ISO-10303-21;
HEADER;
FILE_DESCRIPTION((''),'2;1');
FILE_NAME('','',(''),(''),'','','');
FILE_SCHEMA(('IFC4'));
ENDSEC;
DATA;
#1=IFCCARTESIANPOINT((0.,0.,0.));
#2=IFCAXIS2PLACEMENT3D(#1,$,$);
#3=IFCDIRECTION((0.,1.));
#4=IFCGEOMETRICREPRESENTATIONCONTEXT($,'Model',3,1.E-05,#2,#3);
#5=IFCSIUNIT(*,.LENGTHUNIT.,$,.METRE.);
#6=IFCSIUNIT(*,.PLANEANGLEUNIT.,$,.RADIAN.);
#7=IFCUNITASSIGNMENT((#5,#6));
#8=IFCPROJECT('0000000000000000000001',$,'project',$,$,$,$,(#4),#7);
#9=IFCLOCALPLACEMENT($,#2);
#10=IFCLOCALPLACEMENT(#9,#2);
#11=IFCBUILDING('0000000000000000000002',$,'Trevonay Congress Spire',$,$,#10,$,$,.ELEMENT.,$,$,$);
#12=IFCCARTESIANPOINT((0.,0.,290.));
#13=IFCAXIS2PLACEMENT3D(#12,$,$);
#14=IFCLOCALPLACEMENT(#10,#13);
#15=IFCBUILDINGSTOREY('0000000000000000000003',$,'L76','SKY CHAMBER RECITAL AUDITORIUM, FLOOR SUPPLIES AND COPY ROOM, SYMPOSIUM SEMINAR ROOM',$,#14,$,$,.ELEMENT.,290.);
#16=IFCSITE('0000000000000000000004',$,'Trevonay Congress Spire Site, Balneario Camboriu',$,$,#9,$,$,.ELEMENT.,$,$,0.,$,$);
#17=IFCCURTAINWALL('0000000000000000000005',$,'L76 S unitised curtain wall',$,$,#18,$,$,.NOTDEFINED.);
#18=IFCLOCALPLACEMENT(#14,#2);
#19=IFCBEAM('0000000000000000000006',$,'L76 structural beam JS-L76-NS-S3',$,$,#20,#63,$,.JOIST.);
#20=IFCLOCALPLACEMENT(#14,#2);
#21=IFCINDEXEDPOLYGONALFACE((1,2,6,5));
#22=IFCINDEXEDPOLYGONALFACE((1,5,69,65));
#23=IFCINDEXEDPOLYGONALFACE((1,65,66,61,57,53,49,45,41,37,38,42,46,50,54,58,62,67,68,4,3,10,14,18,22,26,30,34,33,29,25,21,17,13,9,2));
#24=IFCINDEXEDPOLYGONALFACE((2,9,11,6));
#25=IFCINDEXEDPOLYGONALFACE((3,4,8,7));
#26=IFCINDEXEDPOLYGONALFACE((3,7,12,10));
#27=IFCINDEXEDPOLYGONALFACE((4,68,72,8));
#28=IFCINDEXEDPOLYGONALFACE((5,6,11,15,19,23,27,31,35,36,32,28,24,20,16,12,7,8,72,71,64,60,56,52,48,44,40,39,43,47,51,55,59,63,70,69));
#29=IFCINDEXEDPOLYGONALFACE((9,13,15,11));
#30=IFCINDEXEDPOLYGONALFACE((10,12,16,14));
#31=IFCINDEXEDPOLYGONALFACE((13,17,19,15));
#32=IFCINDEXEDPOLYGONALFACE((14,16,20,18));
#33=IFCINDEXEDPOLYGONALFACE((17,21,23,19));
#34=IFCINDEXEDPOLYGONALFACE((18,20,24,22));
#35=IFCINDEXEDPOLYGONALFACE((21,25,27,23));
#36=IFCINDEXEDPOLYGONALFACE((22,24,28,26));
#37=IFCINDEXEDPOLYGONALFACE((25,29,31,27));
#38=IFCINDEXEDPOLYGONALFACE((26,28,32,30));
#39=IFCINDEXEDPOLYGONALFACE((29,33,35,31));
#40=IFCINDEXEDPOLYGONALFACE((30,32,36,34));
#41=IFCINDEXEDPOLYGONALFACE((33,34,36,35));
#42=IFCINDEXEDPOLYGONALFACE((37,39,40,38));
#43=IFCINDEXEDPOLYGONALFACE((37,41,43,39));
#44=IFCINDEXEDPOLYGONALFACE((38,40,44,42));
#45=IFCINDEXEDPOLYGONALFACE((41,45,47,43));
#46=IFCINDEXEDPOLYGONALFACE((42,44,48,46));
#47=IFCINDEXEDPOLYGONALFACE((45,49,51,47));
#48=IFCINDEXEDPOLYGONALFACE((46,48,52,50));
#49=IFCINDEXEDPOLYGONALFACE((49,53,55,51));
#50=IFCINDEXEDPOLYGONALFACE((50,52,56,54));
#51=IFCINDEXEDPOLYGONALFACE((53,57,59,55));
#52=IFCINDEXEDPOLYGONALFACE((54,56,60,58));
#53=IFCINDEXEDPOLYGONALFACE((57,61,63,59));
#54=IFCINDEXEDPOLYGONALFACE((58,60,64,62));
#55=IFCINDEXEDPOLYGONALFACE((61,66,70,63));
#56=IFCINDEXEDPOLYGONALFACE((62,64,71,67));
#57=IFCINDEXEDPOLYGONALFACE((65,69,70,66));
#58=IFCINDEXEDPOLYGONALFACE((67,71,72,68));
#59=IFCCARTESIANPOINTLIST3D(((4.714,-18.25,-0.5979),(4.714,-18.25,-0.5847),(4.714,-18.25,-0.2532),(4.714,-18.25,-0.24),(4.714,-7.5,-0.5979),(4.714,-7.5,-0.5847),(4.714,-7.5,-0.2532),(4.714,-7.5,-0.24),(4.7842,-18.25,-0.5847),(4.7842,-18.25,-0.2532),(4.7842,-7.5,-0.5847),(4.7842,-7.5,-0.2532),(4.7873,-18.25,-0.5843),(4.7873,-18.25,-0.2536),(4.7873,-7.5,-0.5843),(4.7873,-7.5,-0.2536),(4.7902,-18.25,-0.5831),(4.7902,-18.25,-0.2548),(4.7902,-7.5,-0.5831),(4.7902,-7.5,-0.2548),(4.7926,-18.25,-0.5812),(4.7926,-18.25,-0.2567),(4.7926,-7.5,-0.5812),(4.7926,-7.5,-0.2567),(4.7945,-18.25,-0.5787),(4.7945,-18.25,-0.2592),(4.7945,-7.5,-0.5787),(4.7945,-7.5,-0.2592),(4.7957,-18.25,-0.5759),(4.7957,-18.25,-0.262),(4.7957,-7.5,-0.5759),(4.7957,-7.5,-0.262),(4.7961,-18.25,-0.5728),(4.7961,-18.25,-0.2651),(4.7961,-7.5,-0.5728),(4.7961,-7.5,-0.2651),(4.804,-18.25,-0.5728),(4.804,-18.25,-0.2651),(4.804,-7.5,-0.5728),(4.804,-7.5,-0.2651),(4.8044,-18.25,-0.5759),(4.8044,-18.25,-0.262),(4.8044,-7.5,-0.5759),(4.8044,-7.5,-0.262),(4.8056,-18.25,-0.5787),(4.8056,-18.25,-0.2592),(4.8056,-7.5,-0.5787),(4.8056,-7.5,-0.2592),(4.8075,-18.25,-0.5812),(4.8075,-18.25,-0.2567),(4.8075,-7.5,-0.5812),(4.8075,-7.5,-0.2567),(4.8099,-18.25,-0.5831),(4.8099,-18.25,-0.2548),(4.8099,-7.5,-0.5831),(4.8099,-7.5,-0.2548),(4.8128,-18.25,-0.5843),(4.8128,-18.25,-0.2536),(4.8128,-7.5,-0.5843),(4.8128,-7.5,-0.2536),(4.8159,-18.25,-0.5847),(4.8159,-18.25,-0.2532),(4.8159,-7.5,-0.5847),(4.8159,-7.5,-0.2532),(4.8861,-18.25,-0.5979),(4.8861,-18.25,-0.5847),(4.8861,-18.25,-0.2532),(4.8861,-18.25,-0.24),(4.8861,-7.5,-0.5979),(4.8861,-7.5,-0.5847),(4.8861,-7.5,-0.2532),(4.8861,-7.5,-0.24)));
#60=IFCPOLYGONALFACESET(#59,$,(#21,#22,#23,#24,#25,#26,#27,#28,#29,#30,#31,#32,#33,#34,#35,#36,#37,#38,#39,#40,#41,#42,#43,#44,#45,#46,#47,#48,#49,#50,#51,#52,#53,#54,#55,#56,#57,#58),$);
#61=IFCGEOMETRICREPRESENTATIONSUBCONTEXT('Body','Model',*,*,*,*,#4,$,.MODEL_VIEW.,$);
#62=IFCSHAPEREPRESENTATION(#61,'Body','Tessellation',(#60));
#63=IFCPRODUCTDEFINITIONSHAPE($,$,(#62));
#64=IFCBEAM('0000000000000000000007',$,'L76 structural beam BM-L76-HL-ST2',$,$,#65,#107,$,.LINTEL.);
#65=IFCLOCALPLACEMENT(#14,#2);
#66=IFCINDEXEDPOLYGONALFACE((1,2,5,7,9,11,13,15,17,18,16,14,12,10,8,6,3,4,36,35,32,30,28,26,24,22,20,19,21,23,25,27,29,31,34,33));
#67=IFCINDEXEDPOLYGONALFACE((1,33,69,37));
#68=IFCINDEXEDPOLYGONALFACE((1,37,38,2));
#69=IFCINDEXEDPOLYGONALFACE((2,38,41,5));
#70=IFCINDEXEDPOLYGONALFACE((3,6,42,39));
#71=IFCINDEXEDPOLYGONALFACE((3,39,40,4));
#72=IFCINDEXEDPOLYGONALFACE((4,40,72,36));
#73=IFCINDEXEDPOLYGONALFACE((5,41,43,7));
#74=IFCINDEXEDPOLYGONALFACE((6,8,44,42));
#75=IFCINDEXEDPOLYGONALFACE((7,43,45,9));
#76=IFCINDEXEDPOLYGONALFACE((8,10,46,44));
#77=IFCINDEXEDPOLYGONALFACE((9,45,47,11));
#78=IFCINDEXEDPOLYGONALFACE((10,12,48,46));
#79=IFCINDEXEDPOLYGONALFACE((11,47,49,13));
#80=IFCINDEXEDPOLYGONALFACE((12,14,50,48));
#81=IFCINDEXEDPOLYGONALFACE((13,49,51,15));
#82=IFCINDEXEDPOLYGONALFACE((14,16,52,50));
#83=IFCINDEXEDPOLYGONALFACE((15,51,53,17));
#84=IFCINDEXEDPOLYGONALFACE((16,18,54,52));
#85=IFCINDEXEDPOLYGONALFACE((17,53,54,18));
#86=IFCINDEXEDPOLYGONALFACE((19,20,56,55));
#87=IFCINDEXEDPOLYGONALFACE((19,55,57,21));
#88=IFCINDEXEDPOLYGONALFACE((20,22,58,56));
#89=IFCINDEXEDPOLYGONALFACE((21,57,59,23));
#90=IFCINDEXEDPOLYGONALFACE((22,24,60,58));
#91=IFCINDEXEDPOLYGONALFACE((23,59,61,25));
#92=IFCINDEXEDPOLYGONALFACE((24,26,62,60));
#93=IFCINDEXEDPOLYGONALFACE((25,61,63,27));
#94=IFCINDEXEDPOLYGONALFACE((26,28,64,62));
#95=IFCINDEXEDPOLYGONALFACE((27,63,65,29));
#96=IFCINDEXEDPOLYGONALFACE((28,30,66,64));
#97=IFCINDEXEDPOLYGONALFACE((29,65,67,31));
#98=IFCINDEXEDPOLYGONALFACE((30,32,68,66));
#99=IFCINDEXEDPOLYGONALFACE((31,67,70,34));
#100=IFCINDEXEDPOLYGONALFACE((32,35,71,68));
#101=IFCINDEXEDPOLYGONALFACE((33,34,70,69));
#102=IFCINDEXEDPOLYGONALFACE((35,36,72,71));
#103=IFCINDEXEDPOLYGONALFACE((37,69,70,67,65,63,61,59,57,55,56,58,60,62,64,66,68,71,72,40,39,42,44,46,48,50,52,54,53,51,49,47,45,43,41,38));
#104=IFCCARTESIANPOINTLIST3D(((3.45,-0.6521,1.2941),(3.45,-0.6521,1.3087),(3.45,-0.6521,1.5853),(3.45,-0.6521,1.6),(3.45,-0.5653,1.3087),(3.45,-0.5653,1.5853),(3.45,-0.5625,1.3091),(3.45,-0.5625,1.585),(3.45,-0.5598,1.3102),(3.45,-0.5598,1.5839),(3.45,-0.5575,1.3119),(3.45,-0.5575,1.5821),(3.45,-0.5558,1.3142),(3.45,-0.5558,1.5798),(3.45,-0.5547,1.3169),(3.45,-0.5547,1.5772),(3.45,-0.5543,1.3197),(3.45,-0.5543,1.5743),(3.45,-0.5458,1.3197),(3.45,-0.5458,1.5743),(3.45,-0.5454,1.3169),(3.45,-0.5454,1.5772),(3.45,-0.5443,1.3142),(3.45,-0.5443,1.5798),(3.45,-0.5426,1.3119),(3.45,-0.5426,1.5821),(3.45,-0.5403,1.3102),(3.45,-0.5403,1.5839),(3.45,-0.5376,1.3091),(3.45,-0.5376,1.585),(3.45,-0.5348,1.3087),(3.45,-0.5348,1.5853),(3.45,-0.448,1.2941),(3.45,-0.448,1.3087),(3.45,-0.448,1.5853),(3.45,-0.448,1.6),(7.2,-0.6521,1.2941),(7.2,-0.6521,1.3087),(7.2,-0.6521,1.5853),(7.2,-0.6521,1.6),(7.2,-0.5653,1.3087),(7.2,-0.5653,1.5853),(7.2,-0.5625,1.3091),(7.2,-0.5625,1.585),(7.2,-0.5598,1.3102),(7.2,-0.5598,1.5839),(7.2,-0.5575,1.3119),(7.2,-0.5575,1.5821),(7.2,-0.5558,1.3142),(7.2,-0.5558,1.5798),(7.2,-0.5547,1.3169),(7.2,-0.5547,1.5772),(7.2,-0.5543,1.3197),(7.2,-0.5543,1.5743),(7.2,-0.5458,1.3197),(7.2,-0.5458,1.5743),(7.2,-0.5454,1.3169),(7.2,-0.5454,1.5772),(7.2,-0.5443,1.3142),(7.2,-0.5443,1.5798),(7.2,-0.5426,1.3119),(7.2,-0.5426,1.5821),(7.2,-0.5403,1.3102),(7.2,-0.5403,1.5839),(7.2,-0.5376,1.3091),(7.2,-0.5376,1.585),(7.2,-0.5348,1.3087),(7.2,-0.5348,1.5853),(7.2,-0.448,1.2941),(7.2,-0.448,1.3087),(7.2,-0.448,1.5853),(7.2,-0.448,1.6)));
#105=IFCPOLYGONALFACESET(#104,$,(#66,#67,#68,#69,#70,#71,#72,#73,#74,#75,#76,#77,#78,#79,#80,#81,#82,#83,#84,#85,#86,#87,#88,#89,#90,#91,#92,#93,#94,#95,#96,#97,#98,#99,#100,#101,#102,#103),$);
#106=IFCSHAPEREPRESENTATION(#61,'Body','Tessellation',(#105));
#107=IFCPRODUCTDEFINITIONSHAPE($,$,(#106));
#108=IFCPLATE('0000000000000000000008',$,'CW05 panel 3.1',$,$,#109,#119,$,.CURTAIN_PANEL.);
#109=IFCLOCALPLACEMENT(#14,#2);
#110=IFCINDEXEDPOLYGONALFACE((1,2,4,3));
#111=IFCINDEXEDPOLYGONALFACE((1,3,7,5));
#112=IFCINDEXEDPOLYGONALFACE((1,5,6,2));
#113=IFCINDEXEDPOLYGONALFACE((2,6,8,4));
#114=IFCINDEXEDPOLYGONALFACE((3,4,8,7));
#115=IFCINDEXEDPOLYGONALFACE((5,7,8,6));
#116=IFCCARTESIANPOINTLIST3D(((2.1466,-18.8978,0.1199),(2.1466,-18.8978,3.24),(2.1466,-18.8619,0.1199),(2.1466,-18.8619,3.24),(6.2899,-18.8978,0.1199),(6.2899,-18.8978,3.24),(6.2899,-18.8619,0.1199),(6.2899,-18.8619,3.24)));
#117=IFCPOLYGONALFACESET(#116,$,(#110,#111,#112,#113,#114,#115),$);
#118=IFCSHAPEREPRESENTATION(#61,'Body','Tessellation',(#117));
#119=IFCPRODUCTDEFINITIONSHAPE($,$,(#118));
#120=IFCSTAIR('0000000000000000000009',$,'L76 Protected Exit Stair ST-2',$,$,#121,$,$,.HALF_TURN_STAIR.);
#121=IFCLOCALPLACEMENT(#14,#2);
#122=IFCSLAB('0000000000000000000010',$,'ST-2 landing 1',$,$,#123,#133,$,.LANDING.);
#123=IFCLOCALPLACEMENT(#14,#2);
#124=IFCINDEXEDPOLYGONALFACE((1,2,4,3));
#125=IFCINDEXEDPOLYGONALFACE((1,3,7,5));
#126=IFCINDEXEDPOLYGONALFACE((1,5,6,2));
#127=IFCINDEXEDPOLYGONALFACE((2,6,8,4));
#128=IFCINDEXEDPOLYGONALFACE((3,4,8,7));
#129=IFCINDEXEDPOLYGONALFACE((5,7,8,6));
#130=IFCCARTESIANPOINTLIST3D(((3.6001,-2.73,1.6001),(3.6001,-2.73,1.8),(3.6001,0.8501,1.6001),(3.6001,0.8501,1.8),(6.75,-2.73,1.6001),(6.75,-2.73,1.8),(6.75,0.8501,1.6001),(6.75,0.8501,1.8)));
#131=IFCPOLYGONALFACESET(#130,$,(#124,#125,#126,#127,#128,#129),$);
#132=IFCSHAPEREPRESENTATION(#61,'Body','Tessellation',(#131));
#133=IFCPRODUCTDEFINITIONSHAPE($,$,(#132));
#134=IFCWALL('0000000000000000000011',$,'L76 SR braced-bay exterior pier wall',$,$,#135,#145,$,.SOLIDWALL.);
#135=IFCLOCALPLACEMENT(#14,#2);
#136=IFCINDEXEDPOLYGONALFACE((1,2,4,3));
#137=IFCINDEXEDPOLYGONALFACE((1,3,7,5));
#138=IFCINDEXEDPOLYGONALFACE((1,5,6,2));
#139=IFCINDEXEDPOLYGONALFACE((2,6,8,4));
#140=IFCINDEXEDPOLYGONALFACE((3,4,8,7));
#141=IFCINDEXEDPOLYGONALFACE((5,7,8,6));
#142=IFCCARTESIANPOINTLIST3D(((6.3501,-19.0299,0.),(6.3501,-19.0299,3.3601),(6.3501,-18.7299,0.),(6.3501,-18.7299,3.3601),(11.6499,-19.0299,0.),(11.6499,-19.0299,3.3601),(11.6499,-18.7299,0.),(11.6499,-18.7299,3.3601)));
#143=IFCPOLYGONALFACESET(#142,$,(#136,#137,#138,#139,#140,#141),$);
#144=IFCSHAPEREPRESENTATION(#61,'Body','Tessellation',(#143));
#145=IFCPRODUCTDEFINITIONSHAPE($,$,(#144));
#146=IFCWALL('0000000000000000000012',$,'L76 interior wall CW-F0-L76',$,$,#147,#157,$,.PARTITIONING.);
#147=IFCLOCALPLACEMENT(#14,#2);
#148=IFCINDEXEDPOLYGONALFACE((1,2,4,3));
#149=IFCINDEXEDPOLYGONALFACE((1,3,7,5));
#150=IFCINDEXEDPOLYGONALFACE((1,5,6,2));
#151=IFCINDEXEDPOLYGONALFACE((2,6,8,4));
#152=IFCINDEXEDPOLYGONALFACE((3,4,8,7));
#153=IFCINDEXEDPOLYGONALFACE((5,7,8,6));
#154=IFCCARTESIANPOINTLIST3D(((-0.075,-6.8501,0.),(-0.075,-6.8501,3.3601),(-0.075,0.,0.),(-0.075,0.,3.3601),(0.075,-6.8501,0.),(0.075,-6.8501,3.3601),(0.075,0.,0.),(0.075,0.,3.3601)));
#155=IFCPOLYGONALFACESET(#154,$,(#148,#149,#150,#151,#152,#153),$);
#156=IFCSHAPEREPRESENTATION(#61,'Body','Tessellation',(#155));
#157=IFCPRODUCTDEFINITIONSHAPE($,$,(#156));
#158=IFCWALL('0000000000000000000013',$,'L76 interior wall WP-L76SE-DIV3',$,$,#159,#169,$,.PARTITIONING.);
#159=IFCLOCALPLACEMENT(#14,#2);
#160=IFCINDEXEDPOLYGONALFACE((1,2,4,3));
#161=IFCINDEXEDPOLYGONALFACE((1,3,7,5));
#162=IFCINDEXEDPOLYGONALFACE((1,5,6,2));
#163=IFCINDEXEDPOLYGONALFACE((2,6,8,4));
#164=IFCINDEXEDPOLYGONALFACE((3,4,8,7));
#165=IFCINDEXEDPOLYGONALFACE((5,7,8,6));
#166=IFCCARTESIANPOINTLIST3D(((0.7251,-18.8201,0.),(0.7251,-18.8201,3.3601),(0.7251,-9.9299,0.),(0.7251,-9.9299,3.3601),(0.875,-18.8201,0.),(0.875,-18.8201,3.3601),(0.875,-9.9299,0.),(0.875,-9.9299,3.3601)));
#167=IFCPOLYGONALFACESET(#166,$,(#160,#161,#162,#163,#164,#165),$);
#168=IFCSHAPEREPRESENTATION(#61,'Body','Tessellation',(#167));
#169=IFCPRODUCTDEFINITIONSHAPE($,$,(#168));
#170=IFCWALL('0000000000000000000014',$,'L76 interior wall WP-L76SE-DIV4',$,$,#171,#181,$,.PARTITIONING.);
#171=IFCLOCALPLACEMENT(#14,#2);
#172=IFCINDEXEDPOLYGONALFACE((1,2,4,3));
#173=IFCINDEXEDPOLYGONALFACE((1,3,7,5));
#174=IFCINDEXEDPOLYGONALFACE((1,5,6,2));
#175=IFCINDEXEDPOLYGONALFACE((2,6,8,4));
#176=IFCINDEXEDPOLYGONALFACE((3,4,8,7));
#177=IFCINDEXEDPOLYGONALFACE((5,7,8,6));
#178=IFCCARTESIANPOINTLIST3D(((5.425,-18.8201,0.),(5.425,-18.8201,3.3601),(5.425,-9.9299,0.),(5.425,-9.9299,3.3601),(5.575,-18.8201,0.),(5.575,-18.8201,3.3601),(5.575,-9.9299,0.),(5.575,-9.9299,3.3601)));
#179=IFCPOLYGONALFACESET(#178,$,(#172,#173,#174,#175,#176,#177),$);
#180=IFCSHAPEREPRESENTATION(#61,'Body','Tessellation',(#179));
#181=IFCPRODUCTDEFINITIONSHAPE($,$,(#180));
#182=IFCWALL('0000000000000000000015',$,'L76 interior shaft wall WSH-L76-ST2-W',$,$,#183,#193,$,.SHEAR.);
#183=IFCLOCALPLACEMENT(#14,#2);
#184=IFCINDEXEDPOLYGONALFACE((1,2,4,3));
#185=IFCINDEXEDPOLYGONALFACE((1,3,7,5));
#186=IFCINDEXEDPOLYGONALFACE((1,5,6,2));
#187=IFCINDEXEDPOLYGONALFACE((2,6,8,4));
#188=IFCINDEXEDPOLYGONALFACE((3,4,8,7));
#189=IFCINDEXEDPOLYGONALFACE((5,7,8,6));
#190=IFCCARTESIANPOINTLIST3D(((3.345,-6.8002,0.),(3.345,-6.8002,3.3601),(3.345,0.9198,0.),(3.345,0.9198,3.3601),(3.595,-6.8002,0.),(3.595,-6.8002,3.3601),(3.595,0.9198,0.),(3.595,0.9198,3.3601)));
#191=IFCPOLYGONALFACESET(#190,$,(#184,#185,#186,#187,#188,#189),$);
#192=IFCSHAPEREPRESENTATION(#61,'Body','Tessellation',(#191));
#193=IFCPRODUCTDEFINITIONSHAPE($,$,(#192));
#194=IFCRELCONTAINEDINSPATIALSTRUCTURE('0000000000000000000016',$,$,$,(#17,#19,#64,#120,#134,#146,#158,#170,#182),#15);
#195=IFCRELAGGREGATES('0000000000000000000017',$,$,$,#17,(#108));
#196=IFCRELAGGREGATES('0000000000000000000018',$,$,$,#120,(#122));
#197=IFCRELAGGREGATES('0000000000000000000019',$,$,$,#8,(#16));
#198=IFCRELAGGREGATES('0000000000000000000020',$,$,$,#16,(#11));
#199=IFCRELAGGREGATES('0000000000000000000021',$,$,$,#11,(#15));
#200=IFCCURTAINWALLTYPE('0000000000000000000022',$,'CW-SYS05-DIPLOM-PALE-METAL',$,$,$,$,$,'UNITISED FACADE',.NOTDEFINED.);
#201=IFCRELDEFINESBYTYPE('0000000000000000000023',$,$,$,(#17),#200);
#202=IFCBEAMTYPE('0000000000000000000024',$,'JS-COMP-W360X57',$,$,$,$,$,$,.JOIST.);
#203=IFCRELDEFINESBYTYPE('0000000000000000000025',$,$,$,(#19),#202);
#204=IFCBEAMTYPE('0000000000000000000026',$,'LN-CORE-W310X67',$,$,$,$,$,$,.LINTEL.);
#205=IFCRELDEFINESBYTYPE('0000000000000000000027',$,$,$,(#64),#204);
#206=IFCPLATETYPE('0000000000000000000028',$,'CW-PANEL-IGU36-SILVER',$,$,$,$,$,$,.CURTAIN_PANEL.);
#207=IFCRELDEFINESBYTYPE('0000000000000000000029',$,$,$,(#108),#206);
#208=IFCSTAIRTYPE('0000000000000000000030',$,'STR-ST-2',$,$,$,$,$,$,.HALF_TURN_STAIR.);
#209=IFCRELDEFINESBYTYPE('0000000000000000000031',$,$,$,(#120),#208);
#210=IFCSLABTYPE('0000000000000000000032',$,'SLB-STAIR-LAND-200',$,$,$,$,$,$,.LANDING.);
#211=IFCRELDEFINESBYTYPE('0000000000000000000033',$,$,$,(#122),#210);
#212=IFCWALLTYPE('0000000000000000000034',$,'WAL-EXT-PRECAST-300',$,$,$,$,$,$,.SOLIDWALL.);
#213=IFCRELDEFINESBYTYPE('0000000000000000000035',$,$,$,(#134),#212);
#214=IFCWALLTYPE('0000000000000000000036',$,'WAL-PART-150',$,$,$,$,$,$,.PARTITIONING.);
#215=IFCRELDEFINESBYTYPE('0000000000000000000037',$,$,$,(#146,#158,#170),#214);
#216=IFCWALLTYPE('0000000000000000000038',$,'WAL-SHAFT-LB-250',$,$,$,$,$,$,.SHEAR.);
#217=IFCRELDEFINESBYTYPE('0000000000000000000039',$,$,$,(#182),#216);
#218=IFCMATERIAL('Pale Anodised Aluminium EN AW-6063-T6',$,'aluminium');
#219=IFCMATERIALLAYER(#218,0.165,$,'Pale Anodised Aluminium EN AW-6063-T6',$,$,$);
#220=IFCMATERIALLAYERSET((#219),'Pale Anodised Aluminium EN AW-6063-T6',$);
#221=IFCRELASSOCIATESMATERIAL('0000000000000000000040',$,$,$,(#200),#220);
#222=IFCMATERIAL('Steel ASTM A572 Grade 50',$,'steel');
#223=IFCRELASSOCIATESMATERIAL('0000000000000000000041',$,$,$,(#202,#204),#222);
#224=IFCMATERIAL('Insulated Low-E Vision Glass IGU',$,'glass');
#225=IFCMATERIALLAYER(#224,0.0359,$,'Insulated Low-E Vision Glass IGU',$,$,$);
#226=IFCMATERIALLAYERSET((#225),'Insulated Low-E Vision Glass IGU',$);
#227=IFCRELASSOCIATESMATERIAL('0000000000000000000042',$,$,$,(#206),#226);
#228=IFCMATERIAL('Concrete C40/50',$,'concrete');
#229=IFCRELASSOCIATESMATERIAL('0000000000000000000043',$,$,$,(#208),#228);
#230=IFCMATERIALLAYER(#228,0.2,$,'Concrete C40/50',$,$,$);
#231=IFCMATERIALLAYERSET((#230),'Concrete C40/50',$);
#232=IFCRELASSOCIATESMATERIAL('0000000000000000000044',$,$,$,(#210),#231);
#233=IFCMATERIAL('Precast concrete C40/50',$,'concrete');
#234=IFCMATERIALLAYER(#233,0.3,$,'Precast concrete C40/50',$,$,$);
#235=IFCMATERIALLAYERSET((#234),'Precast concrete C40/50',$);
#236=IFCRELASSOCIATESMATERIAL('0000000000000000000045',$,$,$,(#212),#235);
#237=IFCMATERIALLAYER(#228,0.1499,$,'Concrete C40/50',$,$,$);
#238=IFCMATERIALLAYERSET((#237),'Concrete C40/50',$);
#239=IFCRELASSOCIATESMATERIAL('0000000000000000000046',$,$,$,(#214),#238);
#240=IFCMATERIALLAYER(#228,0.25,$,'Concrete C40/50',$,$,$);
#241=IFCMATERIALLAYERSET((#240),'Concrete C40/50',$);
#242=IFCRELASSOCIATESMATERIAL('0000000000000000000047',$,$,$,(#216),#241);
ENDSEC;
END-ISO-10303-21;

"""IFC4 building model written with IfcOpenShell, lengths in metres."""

from ifc_helpers import new_model, si_unit, direction, frame, frame_2d, origin, origin_2d, place, context, subcontext, project, spatial, polyline, rectangle, i_section, outline, extrude, material, layer, layer_set, material_profile, profile_set, type_object, element, aggregate, save


model = new_model("IFC4")

# Units and contexts
model_context = context("Model", 3, precision=1e-05, world=origin(), true_north=direction((0.0, 1.0)))
body_context = subcontext(model_context, "Body", "Model", "MODEL_VIEW")
ifc_project = project(units=[si_unit("LENGTHUNIT", "METRE"), si_unit("PLANEANGLEUNIT", "RADIAN")], contexts=[model_context])

# Site, building, storey
site_placement = place(None, origin())
site = spatial("IfcSite", under=ifc_project, at=site_placement, Name="Trevonay Congress Spire Site, Balneario Camboriu", CompositionType="ELEMENT", RefElevation=0.0)
building_placement = place(site_placement, origin())
building = spatial("IfcBuilding", under=site, at=building_placement, Name="Trevonay Congress Spire", CompositionType="ELEMENT")
storey_placement = place(building_placement, frame((0.0, 0.0, 290.0)))
storey = spatial("IfcBuildingStorey", under=building, at=storey_placement, Name="L76", Description="SKY CHAMBER RECITAL AUDITORIUM, FLOOR SUPPLIES AND COPY ROOM, SYMPOSIUM SEMINAR ROOM", CompositionType="ELEMENT", Elevation=290.0)

# Shared definitions
ifc_material_1 = material(Name="Steel ASTM A572 Grade 50", Category="steel")

# Curtain wall
ifc_material_2 = material(Name="Pale Anodised Aluminium EN AW-6063-T6", Category="aluminium")
ifc_layer_1 = layer(ifc_material_2, 0.165, Name="Pale Anodised Aluminium EN AW-6063-T6")
ifc_layer_set_1 = layer_set([ifc_layer_1], Name="Pale Anodised Aluminium EN AW-6063-T6")
curtain_wall_type = type_object("IfcCurtainWallType", Name="CW-SYS05-DIPLOM-PALE-METAL", ElementType="UNITISED FACADE", PredefinedType="NOTDEFINED", material=ifc_layer_set_1)
curtain_wall_placement = place(storey_placement, origin())
curtain_wall = element("IfcCurtainWall", 1, at=curtain_wall_placement, inside=storey, type_object=curtain_wall_type, Name="L76 S unitised curtain wall", PredefinedType="NOTDEFINED")

# Beams
ifc_material_profile_1 = material_profile(ifc_material_1, i_section(OverallWidth=0.1721, OverallDepth=0.3579, WebThickness=0.0078, FlangeThickness=0.0132, FilletRadius=0.012, at=origin_2d()), Name="W360x57.8")
ifc_profile_set_1 = profile_set([ifc_material_profile_1], Name="Steel ASTM A572 Grade 50")
beam_type_1 = type_object("IfcBeamType", Name="JS-COMP-W360X57", PredefinedType="JOIST", material=ifc_profile_set_1)
beam_1_placement = place(storey_placement, frame((4.8, -18.25, -0.4189), z_axis=(0.0, 1.0, 0.0), x_axis=(-1.0, 0.0, 0.0)))
element("IfcBeam", 2, at=beam_1_placement, inside=storey, type_object=beam_type_1, Name="L76 structural beam JS-L76-NS-S3", PredefinedType="JOIST", context=body_context, shape_type="SweptSolid", body=[
    extrude(i_section(OverallWidth=0.1721, OverallDepth=0.3579, WebThickness=0.0078, FlangeThickness=0.0132, FilletRadius=0.012, at=origin_2d()), origin(), (0.0, 0.0, 1.0), 10.75),
])
ifc_material_profile_2 = material_profile(ifc_material_1, i_section(OverallWidth=0.2041, OverallDepth=0.3059, WebThickness=0.0085, FlangeThickness=0.0146, FilletRadius=0.011, at=origin_2d()), Name="W310x67")
ifc_profile_set_2 = profile_set([ifc_material_profile_2], Name="Steel ASTM A572 Grade 50")
beam_type_2 = type_object("IfcBeamType", Name="LN-CORE-W310X67", PredefinedType="LINTEL", material=ifc_profile_set_2)
beam_2_placement = place(storey_placement, frame((3.45, -0.55, 1.447), z_axis=(1.0, 0.0, 0.0), x_axis=(0.0, 1.0, 0.0)))
element("IfcBeam", 3, at=beam_2_placement, inside=storey, type_object=beam_type_2, Name="L76 structural beam BM-L76-HL-ST2", PredefinedType="LINTEL", context=body_context, shape_type="SweptSolid", body=[
    extrude(i_section(OverallWidth=0.2041, OverallDepth=0.3059, WebThickness=0.0085, FlangeThickness=0.0146, FilletRadius=0.011, at=origin_2d()), origin(), (0.0, 0.0, 1.0), 3.75),
])

# Plate
ifc_material_3 = material(Name="Insulated Low-E Vision Glass IGU", Category="glass")
ifc_layer_2 = layer(ifc_material_3, 0.0359, Name="Insulated Low-E Vision Glass IGU")
ifc_layer_set_2 = layer_set([ifc_layer_2], Name="Insulated Low-E Vision Glass IGU")
plate_type = type_object("IfcPlateType", Name="CW-PANEL-IGU36-SILVER", PredefinedType="CURTAIN_PANEL", material=ifc_layer_set_2)
plate_placement = place(storey_placement, frame((4.2183, -18.8799, 0.1199), z_axis=(0.0, 0.0, 1.0), x_axis=(1.0, 0.0, 0.0)))
plate = element("IfcPlate", 4, at=plate_placement, type_object=plate_type, Name="CW05 panel 3.1", PredefinedType="CURTAIN_PANEL", context=body_context, shape_type="SweptSolid", body=[
    extrude(rectangle(XDim=4.1433, YDim=0.0359, at=origin_2d()), origin(), (0.0, 0.0, 1.0), 3.1201),
])
aggregate(curtain_wall, [plate])

# Stair, slab
ifc_material_4 = material(Name="Concrete C40/50", Category="concrete")
stair_type = type_object("IfcStairType", Name="STR-ST-2", PredefinedType="HALF_TURN_STAIR", material=ifc_material_4)
stair_placement = place(storey_placement, origin())
stair = element("IfcStair", 5, at=stair_placement, inside=storey, type_object=stair_type, Name="L76 Protected Exit Stair ST-2", PredefinedType="HALF_TURN_STAIR")
ifc_layer_3 = layer(ifc_material_4, 0.2, Name="Concrete C40/50")
ifc_layer_set_3 = layer_set([ifc_layer_3], Name="Concrete C40/50")
slab_type = type_object("IfcSlabType", Name="SLB-STAIR-LAND-200", PredefinedType="LANDING", material=ifc_layer_set_3)
slab_placement = place(storey_placement, frame((0.0, 0.0, 1.6001)))
slab = element("IfcSlab", 6, at=slab_placement, type_object=slab_type, Name="ST-2 landing 1", PredefinedType="LANDING", context=body_context, shape_type="SweptSolid", body=[
    extrude(outline(polyline([(6.75, -2.73), (6.75, 0.8501), (3.6001, 0.8501), (3.6001, -2.73), (6.75, -2.73)])), origin(), (0.0, 0.0, 1.0), 0.2),
])

# Walls
ifc_material_5 = material(Name="Precast concrete C40/50", Category="concrete")
ifc_layer_4 = layer(ifc_material_5, 0.3, Name="Precast concrete C40/50")
ifc_layer_set_4 = layer_set([ifc_layer_4], Name="Precast concrete C40/50")
wall_type_1 = type_object("IfcWallType", Name="WAL-EXT-PRECAST-300", PredefinedType="SOLIDWALL", material=ifc_layer_set_4)
wall_1_placement = place(storey_placement, frame((6.3501, -18.8799, 0.0), z_axis=(0.0, 0.0, 1.0), x_axis=(1.0, 0.0, 0.0)))
element("IfcWall", 7, at=wall_1_placement, inside=storey, type_object=wall_type_1, Name="L76 SR braced-bay exterior pier wall", PredefinedType="SOLIDWALL", context=body_context, shape_type="SweptSolid", body=[
    extrude(rectangle(XDim=5.2998, YDim=0.3, at=frame_2d((2.6499, 0.0))), origin(), (0.0, 0.0, 1.0), 3.3601),
])
ifc_layer_5 = layer(ifc_material_4, 0.1499, Name="Concrete C40/50")
ifc_layer_set_5 = layer_set([ifc_layer_5], Name="Concrete C40/50")
wall_type_2 = type_object("IfcWallType", Name="WAL-PART-150", PredefinedType="PARTITIONING", material=ifc_layer_set_5)
wall_2_placement = place(storey_placement, frame((0.0, -6.8501, 0.0), z_axis=(0.0, 0.0, 1.0), x_axis=(0.0, 1.0, 0.0)))
element("IfcWall", 8, at=wall_2_placement, inside=storey, type_object=wall_type_2, Name="L76 interior wall CW-F0-L76", PredefinedType="PARTITIONING", context=body_context, shape_type="SweptSolid", body=[
    extrude(rectangle(XDim=6.8501, YDim=0.1499, at=frame_2d((3.425, 0.0))), origin(), (0.0, 0.0, 1.0), 3.3601),
])
for number, where, z_axis, x_axis, name in (
    (9, (0.8, -18.8201, 0.0), (0.0, 0.0, 1.0), (0.0, 1.0, 0.0), "L76 interior wall WP-L76SE-DIV3"),
    (10, (5.5, -18.8201, 0.0), (0.0, 0.0, 1.0), (0.0, 1.0, 0.0), "L76 interior wall WP-L76SE-DIV4"),
):
    element("IfcWall", number, at=place(storey_placement, frame(where, z_axis=z_axis, x_axis=x_axis)), inside=storey, type_object=wall_type_2, Name=name, PredefinedType="PARTITIONING", context=body_context, shape_type="SweptSolid", body=[
        extrude(rectangle(XDim=8.8901, YDim=0.1499, at=frame_2d((4.4451, 0.0))), origin(), (0.0, 0.0, 1.0), 3.3601),
    ])
ifc_layer_6 = layer(ifc_material_4, 0.25, Name="Concrete C40/50")
ifc_layer_set_6 = layer_set([ifc_layer_6], Name="Concrete C40/50")
wall_type_3 = type_object("IfcWallType", Name="WAL-SHAFT-LB-250", PredefinedType="SHEAR", material=ifc_layer_set_6)
wall_3_placement = place(storey_placement, frame((3.47, -6.8, 0.0), z_axis=(0.0, 0.0, 1.0), x_axis=(0.0, 1.0, 0.0)))
element("IfcWall", 11, at=wall_3_placement, inside=storey, type_object=wall_type_3, Name="L76 interior shaft wall WSH-L76-ST2-W", PredefinedType="SHEAR", context=body_context, shape_type="SweptSolid", body=[
    extrude(rectangle(XDim=7.72, YDim=0.25, at=frame_2d((3.8599, 0.0))), origin(), (0.0, 0.0, 1.0), 3.3601),
])

aggregate(stair, [slab])

save(model, "model.ifc")
